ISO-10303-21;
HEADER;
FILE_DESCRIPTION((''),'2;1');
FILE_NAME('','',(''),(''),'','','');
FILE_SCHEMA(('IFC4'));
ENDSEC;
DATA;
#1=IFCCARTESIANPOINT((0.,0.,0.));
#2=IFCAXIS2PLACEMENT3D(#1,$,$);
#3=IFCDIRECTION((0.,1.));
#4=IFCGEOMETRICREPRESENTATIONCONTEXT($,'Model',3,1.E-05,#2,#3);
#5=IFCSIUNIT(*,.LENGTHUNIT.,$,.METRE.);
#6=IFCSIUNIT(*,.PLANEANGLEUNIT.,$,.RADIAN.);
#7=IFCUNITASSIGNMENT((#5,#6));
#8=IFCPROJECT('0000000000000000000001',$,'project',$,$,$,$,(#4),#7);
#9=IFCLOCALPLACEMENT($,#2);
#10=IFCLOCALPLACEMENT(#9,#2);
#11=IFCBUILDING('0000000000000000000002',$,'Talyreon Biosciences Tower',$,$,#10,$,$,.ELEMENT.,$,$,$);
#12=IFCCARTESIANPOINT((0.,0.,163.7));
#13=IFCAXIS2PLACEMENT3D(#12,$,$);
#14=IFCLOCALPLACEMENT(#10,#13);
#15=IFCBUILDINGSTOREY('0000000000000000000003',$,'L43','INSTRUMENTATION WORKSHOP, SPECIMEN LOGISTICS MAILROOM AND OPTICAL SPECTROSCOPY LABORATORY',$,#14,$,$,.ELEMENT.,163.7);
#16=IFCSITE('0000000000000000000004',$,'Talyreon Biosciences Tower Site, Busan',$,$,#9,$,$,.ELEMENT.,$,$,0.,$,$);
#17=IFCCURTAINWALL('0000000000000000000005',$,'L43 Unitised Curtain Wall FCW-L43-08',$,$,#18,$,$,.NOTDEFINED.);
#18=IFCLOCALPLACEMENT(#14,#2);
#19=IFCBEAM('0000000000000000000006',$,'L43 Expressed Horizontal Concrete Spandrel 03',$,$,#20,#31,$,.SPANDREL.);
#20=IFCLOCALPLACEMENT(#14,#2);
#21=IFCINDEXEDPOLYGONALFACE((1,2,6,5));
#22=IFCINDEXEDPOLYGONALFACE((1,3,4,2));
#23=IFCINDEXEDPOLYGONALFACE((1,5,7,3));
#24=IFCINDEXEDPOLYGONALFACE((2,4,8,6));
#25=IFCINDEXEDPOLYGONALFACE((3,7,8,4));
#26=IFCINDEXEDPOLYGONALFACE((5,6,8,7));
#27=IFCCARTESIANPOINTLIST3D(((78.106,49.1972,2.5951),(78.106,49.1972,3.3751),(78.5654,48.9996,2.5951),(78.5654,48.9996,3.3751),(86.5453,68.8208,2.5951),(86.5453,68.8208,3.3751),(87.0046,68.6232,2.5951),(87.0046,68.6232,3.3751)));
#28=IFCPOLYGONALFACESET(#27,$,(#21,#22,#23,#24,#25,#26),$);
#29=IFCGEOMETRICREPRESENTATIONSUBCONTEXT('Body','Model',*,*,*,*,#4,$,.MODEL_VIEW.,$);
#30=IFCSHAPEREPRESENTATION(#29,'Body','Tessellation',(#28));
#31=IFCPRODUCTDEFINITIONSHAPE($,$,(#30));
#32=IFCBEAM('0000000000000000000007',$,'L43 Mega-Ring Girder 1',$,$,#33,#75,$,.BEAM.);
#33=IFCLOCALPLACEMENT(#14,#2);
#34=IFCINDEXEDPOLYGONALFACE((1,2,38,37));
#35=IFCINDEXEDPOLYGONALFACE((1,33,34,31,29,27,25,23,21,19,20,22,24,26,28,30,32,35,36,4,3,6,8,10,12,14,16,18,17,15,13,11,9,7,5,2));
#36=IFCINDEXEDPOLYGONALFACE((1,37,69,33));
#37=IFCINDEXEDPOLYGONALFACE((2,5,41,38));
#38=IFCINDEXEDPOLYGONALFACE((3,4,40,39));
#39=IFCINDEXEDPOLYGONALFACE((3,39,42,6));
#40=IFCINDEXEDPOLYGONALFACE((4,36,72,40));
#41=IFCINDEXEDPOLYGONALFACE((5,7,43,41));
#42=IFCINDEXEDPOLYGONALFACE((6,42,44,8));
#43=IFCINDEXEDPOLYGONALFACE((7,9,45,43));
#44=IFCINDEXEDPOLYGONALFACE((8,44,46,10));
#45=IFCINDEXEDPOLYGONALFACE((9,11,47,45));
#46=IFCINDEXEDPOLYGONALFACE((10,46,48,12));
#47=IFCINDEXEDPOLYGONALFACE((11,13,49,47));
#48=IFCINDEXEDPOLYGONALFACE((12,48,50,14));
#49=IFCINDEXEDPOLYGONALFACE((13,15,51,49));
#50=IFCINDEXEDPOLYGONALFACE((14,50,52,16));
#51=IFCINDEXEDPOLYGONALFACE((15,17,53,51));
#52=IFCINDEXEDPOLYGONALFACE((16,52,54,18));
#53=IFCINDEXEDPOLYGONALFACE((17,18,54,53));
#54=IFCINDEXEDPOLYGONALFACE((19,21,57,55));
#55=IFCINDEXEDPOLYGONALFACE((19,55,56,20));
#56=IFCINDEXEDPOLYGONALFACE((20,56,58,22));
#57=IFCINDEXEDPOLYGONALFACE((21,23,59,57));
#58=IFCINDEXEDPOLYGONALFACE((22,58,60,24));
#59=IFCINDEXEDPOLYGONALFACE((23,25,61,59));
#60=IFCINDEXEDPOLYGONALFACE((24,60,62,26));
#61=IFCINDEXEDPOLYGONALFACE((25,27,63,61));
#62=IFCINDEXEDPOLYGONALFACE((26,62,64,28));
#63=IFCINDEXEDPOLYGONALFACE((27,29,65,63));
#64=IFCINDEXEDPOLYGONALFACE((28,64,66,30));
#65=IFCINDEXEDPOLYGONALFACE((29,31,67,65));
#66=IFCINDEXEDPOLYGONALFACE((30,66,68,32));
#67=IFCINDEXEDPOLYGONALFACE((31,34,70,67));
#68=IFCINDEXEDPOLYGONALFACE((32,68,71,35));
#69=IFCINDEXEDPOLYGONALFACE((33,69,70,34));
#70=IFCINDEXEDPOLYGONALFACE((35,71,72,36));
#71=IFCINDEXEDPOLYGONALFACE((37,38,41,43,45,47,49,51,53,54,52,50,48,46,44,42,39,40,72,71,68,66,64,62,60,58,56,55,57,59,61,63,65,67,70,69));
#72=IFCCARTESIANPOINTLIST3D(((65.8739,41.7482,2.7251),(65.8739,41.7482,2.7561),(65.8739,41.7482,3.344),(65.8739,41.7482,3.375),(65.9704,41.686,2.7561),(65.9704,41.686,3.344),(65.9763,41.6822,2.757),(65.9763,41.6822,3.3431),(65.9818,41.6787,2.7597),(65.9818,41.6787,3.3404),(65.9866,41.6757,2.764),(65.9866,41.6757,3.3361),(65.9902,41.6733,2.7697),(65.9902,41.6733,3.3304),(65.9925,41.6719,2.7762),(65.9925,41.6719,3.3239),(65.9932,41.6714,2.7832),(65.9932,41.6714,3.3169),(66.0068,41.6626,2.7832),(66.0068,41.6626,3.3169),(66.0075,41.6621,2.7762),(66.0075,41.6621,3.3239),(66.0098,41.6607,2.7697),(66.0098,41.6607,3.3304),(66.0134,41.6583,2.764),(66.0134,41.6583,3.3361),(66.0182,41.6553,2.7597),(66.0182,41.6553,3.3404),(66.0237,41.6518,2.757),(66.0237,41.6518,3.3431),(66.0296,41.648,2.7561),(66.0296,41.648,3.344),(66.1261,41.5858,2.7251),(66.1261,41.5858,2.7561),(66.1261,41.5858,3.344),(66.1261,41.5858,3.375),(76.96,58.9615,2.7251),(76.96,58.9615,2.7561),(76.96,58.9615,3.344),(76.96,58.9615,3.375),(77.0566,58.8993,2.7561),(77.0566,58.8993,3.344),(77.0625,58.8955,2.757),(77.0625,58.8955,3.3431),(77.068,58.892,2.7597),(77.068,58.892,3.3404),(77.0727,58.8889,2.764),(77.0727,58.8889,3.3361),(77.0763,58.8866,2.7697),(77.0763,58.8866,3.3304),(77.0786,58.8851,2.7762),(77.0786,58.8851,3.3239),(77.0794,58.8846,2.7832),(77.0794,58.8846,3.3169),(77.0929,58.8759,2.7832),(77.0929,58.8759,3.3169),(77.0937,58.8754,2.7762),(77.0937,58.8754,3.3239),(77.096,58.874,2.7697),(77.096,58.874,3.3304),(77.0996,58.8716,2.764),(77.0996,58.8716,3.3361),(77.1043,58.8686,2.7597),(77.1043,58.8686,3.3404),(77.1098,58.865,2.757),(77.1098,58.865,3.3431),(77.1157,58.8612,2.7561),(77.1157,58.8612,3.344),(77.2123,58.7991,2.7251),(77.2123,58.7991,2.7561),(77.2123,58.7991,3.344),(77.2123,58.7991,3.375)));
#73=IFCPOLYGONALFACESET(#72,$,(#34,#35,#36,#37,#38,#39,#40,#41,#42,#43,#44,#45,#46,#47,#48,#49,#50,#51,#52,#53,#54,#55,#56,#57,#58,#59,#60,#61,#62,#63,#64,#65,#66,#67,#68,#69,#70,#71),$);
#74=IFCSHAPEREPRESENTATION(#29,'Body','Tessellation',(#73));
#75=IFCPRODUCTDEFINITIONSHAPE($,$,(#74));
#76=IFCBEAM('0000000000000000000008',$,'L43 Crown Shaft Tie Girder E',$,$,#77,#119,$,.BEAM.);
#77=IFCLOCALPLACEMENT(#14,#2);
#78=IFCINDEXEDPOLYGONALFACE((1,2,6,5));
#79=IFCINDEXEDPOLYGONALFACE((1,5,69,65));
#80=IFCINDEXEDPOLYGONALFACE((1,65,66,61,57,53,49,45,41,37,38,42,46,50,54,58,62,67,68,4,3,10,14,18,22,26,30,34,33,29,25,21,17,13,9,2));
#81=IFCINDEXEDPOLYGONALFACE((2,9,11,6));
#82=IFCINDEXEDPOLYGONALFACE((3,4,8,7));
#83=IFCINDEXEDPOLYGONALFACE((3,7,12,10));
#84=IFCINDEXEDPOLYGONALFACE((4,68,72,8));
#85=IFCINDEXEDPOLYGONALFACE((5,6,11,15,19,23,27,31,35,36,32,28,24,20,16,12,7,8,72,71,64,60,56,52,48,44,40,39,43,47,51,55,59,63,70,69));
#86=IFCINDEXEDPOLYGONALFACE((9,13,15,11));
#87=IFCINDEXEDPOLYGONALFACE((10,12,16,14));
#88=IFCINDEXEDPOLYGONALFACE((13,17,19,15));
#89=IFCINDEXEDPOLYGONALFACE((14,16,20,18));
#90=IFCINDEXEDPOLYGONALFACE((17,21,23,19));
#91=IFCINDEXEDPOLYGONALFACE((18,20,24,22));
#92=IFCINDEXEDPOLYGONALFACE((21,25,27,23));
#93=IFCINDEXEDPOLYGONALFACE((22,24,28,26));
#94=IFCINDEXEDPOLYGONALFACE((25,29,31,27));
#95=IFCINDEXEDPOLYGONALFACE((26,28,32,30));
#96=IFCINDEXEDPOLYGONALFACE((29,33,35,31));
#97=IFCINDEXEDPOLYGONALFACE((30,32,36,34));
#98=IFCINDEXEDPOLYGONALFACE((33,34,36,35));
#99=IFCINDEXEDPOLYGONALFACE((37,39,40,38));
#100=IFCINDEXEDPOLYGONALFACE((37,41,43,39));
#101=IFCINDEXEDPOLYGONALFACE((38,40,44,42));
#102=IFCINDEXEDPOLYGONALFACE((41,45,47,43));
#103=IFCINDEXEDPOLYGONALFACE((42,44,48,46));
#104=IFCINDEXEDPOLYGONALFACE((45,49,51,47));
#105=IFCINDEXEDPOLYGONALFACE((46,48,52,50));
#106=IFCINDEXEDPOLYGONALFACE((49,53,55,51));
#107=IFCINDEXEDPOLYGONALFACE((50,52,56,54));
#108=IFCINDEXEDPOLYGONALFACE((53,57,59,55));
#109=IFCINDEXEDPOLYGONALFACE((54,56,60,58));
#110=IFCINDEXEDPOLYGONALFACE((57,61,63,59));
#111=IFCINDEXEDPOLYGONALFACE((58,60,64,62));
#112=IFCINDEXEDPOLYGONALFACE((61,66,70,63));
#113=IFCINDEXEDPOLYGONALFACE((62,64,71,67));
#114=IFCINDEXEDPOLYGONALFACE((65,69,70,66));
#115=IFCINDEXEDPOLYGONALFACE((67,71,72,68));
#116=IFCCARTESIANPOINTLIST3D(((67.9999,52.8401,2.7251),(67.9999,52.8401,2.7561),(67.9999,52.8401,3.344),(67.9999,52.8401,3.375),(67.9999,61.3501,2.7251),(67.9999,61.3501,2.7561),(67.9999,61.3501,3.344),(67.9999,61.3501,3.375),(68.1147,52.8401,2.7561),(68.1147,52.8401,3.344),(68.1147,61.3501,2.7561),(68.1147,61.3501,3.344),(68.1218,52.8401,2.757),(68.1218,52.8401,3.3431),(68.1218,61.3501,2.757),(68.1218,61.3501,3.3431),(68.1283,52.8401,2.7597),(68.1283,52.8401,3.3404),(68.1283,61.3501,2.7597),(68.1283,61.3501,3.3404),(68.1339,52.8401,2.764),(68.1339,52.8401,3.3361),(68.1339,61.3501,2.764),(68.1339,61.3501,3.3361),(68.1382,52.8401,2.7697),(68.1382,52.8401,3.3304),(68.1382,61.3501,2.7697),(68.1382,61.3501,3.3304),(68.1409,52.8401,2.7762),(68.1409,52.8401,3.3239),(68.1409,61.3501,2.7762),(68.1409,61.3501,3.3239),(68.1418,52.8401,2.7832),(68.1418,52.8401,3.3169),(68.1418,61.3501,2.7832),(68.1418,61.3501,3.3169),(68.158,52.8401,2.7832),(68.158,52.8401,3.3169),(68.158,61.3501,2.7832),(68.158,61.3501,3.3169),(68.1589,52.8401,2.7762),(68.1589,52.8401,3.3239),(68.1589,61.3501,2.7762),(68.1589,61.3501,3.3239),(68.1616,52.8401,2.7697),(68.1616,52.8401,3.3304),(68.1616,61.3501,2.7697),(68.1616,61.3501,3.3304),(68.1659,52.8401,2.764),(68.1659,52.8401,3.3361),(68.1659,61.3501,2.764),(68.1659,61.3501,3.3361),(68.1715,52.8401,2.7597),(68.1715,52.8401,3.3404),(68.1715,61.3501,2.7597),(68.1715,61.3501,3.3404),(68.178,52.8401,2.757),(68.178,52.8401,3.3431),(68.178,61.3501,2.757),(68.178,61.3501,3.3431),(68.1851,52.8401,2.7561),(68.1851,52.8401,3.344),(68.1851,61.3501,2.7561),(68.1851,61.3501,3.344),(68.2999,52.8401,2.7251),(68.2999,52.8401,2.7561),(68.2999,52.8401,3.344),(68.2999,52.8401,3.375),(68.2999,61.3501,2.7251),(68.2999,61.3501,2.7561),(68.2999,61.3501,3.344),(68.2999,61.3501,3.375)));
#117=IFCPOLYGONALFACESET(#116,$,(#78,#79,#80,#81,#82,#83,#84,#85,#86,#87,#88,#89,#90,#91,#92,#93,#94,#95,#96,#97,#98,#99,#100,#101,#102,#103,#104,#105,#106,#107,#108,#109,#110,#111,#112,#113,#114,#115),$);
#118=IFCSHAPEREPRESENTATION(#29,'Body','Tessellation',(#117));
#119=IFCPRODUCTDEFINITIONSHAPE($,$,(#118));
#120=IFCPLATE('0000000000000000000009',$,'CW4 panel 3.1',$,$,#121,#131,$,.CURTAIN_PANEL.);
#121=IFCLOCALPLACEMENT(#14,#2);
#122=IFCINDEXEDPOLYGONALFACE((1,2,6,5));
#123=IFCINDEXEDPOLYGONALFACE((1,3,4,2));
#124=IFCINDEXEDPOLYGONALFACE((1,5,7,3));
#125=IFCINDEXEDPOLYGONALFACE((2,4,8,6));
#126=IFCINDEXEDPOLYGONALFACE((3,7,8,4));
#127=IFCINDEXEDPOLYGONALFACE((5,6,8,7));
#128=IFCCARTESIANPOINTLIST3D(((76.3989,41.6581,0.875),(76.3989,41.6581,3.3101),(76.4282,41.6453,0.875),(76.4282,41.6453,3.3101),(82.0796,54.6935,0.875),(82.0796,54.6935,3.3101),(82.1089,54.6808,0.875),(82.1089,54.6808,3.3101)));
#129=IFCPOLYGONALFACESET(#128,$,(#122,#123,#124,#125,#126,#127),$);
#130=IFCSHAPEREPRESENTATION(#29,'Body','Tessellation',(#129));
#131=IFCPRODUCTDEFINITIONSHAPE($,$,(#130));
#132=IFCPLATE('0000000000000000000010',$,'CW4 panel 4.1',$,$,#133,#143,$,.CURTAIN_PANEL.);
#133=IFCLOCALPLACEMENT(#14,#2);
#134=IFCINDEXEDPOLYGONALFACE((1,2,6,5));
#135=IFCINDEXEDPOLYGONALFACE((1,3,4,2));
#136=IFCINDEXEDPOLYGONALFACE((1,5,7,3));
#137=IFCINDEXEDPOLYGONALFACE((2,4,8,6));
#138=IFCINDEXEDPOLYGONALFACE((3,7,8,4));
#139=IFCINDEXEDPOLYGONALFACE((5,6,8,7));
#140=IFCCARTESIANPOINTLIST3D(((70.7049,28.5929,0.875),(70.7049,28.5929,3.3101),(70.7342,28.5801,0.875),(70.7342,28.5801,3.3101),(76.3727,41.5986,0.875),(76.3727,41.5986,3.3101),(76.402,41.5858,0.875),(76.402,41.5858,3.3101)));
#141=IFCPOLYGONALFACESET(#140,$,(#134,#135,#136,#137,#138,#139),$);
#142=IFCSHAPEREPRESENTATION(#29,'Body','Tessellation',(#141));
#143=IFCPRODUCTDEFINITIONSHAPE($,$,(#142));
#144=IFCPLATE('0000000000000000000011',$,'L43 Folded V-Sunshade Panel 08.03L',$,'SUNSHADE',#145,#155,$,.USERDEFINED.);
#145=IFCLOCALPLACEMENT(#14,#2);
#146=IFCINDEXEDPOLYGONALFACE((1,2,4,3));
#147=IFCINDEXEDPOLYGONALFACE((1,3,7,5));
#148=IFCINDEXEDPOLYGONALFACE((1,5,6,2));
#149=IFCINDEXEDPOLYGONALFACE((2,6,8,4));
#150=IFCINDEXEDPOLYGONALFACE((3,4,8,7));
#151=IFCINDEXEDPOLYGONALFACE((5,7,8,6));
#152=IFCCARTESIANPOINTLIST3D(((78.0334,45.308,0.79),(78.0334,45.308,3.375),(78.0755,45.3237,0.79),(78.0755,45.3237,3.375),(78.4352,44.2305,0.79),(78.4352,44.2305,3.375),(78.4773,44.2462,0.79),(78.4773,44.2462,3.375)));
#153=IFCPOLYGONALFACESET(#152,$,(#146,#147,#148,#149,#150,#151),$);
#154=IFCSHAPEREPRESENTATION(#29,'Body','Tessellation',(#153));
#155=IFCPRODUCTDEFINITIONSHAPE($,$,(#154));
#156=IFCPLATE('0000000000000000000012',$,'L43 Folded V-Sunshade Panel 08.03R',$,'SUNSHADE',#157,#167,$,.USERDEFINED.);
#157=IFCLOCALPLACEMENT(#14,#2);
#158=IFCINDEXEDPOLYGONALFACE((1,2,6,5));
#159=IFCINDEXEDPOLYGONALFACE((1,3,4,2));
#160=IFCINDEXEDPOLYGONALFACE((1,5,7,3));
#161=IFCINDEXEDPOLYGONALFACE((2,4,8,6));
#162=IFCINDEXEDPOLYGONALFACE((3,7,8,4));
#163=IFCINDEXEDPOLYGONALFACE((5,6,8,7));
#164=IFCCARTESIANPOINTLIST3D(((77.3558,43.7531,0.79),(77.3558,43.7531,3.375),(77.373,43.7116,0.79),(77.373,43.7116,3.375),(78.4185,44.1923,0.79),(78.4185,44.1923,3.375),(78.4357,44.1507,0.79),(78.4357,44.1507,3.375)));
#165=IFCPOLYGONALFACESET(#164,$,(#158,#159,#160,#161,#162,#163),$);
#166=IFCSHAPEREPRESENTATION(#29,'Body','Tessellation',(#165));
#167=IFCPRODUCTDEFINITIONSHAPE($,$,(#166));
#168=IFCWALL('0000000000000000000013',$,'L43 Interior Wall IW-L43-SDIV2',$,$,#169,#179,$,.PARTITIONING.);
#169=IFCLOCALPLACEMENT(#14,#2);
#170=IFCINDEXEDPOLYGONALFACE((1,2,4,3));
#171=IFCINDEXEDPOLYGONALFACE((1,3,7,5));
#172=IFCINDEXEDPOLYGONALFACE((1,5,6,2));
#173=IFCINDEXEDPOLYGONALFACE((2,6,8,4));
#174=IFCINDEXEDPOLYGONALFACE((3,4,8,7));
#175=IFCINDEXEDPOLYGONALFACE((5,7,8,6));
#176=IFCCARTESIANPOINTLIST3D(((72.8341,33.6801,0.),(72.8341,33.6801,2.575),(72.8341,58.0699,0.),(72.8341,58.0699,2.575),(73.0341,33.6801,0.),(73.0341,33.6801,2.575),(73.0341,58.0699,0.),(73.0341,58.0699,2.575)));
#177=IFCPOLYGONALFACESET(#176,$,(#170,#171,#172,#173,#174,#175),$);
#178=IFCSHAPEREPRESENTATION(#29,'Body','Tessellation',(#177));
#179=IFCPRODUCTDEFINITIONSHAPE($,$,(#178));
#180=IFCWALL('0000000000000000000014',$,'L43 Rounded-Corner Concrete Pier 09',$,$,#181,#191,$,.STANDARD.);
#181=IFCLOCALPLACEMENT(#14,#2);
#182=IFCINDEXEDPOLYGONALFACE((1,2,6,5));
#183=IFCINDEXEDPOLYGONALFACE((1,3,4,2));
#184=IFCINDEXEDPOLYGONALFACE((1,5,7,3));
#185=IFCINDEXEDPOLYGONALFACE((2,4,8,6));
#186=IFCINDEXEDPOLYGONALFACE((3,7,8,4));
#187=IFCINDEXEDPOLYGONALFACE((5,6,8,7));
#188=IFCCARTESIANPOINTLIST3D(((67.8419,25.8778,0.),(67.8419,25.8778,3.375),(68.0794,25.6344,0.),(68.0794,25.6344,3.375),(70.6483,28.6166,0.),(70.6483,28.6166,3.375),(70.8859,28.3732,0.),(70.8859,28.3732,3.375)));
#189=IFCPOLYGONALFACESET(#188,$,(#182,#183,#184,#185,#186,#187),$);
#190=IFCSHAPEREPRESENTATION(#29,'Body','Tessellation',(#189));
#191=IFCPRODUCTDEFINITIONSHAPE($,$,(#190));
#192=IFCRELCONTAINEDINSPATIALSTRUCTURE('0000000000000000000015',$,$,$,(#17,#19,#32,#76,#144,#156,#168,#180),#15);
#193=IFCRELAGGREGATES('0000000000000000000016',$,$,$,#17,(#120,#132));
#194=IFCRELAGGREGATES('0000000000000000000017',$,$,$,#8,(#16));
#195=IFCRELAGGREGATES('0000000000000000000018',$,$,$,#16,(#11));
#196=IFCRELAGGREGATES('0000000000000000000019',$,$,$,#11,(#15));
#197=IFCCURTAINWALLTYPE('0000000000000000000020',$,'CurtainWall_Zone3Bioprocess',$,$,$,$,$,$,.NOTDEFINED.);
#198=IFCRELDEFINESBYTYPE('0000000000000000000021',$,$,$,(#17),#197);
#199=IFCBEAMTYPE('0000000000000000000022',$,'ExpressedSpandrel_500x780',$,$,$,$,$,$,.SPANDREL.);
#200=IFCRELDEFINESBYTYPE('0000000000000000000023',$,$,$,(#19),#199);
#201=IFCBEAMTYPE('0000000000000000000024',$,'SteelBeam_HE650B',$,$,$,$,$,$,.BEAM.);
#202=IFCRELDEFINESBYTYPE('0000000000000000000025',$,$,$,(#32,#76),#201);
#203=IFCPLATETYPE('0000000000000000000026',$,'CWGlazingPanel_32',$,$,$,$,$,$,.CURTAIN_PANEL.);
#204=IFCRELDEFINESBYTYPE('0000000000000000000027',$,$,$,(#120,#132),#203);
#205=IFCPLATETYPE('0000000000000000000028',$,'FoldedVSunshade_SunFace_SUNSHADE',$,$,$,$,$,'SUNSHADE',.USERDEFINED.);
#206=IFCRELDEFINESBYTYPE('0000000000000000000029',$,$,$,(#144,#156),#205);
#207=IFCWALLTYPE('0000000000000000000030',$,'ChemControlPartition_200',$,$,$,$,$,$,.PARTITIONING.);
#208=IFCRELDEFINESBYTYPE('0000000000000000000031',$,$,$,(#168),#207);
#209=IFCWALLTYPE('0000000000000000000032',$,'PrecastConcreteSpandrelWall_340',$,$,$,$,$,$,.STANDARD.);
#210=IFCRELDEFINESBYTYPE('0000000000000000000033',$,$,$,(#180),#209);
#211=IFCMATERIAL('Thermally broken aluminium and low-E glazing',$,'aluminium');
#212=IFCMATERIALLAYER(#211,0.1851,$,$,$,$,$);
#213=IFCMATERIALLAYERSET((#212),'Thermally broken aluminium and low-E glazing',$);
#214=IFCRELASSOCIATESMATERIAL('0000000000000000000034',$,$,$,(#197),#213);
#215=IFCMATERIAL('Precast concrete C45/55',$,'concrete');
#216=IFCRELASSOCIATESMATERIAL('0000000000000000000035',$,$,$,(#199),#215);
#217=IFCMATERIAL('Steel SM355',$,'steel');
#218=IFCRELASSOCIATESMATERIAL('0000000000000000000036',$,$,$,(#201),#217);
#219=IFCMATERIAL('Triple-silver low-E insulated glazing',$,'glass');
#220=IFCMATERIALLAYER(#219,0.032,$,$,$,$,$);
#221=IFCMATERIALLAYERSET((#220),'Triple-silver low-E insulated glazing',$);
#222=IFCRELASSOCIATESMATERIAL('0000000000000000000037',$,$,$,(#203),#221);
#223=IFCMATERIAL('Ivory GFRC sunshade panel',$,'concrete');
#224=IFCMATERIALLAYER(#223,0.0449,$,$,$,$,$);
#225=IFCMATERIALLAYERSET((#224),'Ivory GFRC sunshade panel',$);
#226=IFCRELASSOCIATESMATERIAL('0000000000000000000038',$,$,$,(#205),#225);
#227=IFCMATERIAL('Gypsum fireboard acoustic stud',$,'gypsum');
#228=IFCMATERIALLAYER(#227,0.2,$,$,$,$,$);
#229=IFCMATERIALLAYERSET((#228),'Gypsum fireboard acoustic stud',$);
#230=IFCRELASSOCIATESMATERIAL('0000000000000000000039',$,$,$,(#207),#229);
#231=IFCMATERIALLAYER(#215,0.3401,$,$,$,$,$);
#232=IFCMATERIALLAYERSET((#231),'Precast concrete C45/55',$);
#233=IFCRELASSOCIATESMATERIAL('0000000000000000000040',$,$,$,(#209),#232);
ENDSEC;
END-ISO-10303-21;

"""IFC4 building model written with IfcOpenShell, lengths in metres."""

from ifc_helpers import new_model, si_unit, direction, frame, frame_2d, origin, origin_2d, place, context, subcontext, project, spatial, rectangle, i_section, extrude, material, layer, layer_set, material_profile, profile_set, type_object, element, aggregate, save


model = new_model("IFC4")

# Units and contexts
model_context = context("Model", 3, precision=1e-05, world=origin(), true_north=direction((0.0, 1.0)))
body_context = subcontext(model_context, "Body", "Model", "MODEL_VIEW")
ifc_project = project(units=[si_unit("LENGTHUNIT", "METRE"), si_unit("PLANEANGLEUNIT", "RADIAN")], contexts=[model_context])

# Site, building, storey
site_placement = place(None, origin())
site = spatial("IfcSite", under=ifc_project, at=site_placement, Name="Talyreon Biosciences Tower Site, Busan", CompositionType="ELEMENT", RefElevation=0.0)
building_placement = place(site_placement, origin())
building = spatial("IfcBuilding", under=site, at=building_placement, Name="Talyreon Biosciences Tower", CompositionType="ELEMENT")
storey_placement = place(building_placement, frame((0.0, 0.0, 163.7)))
storey = spatial("IfcBuildingStorey", under=building, at=storey_placement, Name="L43", Description="INSTRUMENTATION WORKSHOP, SPECIMEN LOGISTICS MAILROOM AND OPTICAL SPECTROSCOPY LABORATORY", CompositionType="ELEMENT", Elevation=163.7)

# Shared definitions
ifc_material_1 = material(Name="Precast concrete C45/55", Category="concrete")

# Curtain wall
ifc_material_2 = material(Name="Thermally broken aluminium and low-E glazing", Category="aluminium")
ifc_layer_1 = layer(ifc_material_2, 0.1851)
ifc_layer_set_1 = layer_set([ifc_layer_1], Name="Thermally broken aluminium and low-E glazing")
curtain_wall_type = type_object("IfcCurtainWallType", Name="CurtainWall_Zone3Bioprocess", PredefinedType="NOTDEFINED", material=ifc_layer_set_1)
curtain_wall_placement = place(storey_placement, origin())
curtain_wall = element("IfcCurtainWall", 1, at=curtain_wall_placement, inside=storey, type_object=curtain_wall_type, Name="L43 Unitised Curtain Wall FCW-L43-08", PredefinedType="NOTDEFINED")

# Beams
ifc_material_profile_1 = material_profile(ifc_material_1, rectangle(XDim=0.5, YDim=0.78, at=origin_2d()), Name="RCB 500x780")
ifc_profile_set_1 = profile_set([ifc_material_profile_1], Name="Precast concrete C45/55")
beam_type_1 = type_object("IfcBeamType", Name="ExpressedSpandrel_500x780", PredefinedType="SPANDREL", material=ifc_profile_set_1)
beam_1_placement = place(storey_placement, frame((78.3357, 49.0984, 2.9851), z_axis=(0.395071, 0.918651, 0.0), x_axis=(-0.918651, 0.395071, 0.0)))
element("IfcBeam", 2, at=beam_1_placement, inside=storey, type_object=beam_type_1, Name="L43 Expressed Horizontal Concrete Spandrel 03", PredefinedType="SPANDREL", context=body_context, shape_type="SweptSolid", body=[
    extrude(rectangle(XDim=0.5, YDim=0.78, at=origin_2d()), origin(), (0.0, 0.0, 1.0), 21.3613),
])
ifc_material_3 = material(Name="Steel SM355", Category="steel")
ifc_material_profile_2 = material_profile(ifc_material_3, i_section(OverallWidth=0.3, OverallDepth=0.6499, WebThickness=0.0161, FlangeThickness=0.031, FilletRadius=0.0271, at=origin_2d()), Name="HE650B")
ifc_profile_set_2 = profile_set([ifc_material_profile_2], Name="Steel SM355")
beam_type_2 = type_object("IfcBeamType", Name="SteelBeam_HE650B", PredefinedType="BEAM", material=ifc_profile_set_2)
beam_2_placement = place(storey_placement, frame((66.0, 41.667, 3.05), z_axis=(0.541464, 0.840724, 0.0), x_axis=(-0.840724, 0.541464, 0.0)))
element("IfcBeam", 3, at=beam_2_placement, inside=storey, type_object=beam_type_2, Name="L43 Mega-Ring Girder 1", PredefinedType="BEAM", context=body_context, shape_type="SweptSolid", body=[
    extrude(i_section(OverallWidth=0.3, OverallDepth=0.6499, WebThickness=0.0161, FlangeThickness=0.031, FilletRadius=0.0271, at=origin_2d()), origin(), (0.0, 0.0, 1.0), 20.4744),
])
beam_3_placement = place(storey_placement, frame((68.1499, 52.8401, 3.05), z_axis=(0.0, 1.0, 0.0), x_axis=(-1.0, 0.0, 0.0)))
element("IfcBeam", 4, at=beam_3_placement, inside=storey, type_object=beam_type_2, Name="L43 Crown Shaft Tie Girder E", PredefinedType="BEAM", context=body_context, shape_type="SweptSolid", body=[
    extrude(i_section(OverallWidth=0.3, OverallDepth=0.6499, WebThickness=0.0161, FlangeThickness=0.031, FilletRadius=0.0271, at=origin_2d()), origin(), (0.0, 0.0, 1.0), 8.51),
])

# Plates
ifc_material_4 = material(Name="Triple-silver low-E insulated glazing", Category="glass")
ifc_layer_2 = layer(ifc_material_4, 0.032)
ifc_layer_set_2 = layer_set([ifc_layer_2], Name="Triple-silver low-E insulated glazing")
plate_type_1 = type_object("IfcPlateType", Name="CWGlazingPanel_32", PredefinedType="CURTAIN_PANEL", material=ifc_layer_set_2)
plate_1_placement = place(storey_placement, frame((79.2539, 48.1694, 0.875), z_axis=(0.0, 0.0, 1.0), x_axis=(-0.399505, -0.916731, 0.0)))
plate_1 = element("IfcPlate", 5, at=plate_1_placement, type_object=plate_type_1, Name="CW4 panel 3.1", PredefinedType="CURTAIN_PANEL", context=body_context, shape_type="SweptSolid", body=[
    extrude(rectangle(XDim=14.2195, YDim=0.032, at=origin_2d()), origin(), (0.0, 0.0, 1.0), 2.4351),
])
plate_2_placement = place(storey_placement, frame((73.5535, 35.0894, 0.875), z_axis=(0.0, 0.0, 1.0), x_axis=(-0.399505, -0.916731, 0.0)))
plate_2 = element("IfcPlate", 6, at=plate_2_placement, type_object=plate_type_1, Name="CW4 panel 4.1", PredefinedType="CURTAIN_PANEL", context=body_context, shape_type="SweptSolid", body=[
    extrude(rectangle(XDim=14.187, YDim=0.032, at=origin_2d()), origin(), (0.0, 0.0, 1.0), 2.4351),
])
aggregate(curtain_wall, [plate_1, plate_2])

# Plates
ifc_material_5 = material(Name="Ivory GFRC sunshade panel", Category="concrete")
ifc_layer_3 = layer(ifc_material_5, 0.0449)
ifc_layer_set_3 = layer_set([ifc_layer_3], Name="Ivory GFRC sunshade panel")
plate_type_2 = type_object("IfcPlateType", Name="FoldedVSunshade_SunFace_SUNSHADE", ElementType="SUNSHADE", PredefinedType="USERDEFINED", material=ifc_layer_set_3)
for number, where, z_axis, x_axis, name in (
    (7, (78.2554, 44.7771, 0.79), (0.0, 0.0, 1.0), (0.349439, -0.936959, 0.0), "L43 Folded V-Sunshade Panel 08.03L"),
    (8, (77.8958, 43.9519, 0.79), (0.0, 0.0, 1.0), (-0.924193, -0.381925, 0.0), "L43 Folded V-Sunshade Panel 08.03R"),
):
    element("IfcPlate", number, at=place(storey_placement, frame(where, z_axis=z_axis, x_axis=x_axis)), inside=storey, type_object=plate_type_2, Name=name, ObjectType="SUNSHADE", PredefinedType="USERDEFINED", context=body_context, shape_type="SweptSolid", body=[
        extrude(rectangle(XDim=1.1499, YDim=0.0449, at=origin_2d()), origin(), (0.0, 0.0, 1.0), 2.585),
    ])

# Walls
ifc_material_6 = material(Name="Gypsum fireboard acoustic stud", Category="gypsum")
ifc_layer_4 = layer(ifc_material_6, 0.2)
ifc_layer_set_4 = layer_set([ifc_layer_4], Name="Gypsum fireboard acoustic stud")
wall_type_1 = type_object("IfcWallType", Name="ChemControlPartition_200", PredefinedType="PARTITIONING", material=ifc_layer_set_4)
wall_placement = place(storey_placement, frame((72.9341, 33.6802, 0.0), z_axis=(0.0, 0.0, 1.0), x_axis=(0.0, 1.0, 0.0)))
element("IfcWall", 9, at=wall_placement, inside=storey, type_object=wall_type_1, Name="L43 Interior Wall IW-L43-SDIV2", PredefinedType="PARTITIONING", context=body_context, shape_type="SweptSolid", body=[
    extrude(rectangle(XDim=24.3899, YDim=0.2, at=frame_2d((12.1948, 0.0))), origin(), (0.0, 0.0, 1.0), 2.575),
])
ifc_layer_5 = layer(ifc_material_1, 0.3401)
ifc_layer_set_5 = layer_set([ifc_layer_5], Name="Precast concrete C45/55")
wall_type_2 = type_object("IfcWallType", Name="PrecastConcreteSpandrelWall_340", PredefinedType="STANDARD", material=ifc_layer_set_5)
for number, where, z_axis, x_axis, name in (
    (10, (70.7671, 28.4949, 0.0), (0.0, 0.0, 1.0), (-0.715677, -0.698431, 0.0), "L43 Rounded-Corner Concrete Pier 09"),
):
    element("IfcWall", number, at=place(storey_placement, frame(where, z_axis=z_axis, x_axis=x_axis)), inside=storey, type_object=wall_type_2, Name=name, PredefinedType="STANDARD", context=body_context, shape_type="SweptSolid", body=[
        extrude(rectangle(XDim=3.9214, YDim=0.3401, at=frame_2d((1.9607, 0.0))), origin(), (0.0, 0.0, 1.0), 3.375),
    ])

save(model, "model.ifc")
